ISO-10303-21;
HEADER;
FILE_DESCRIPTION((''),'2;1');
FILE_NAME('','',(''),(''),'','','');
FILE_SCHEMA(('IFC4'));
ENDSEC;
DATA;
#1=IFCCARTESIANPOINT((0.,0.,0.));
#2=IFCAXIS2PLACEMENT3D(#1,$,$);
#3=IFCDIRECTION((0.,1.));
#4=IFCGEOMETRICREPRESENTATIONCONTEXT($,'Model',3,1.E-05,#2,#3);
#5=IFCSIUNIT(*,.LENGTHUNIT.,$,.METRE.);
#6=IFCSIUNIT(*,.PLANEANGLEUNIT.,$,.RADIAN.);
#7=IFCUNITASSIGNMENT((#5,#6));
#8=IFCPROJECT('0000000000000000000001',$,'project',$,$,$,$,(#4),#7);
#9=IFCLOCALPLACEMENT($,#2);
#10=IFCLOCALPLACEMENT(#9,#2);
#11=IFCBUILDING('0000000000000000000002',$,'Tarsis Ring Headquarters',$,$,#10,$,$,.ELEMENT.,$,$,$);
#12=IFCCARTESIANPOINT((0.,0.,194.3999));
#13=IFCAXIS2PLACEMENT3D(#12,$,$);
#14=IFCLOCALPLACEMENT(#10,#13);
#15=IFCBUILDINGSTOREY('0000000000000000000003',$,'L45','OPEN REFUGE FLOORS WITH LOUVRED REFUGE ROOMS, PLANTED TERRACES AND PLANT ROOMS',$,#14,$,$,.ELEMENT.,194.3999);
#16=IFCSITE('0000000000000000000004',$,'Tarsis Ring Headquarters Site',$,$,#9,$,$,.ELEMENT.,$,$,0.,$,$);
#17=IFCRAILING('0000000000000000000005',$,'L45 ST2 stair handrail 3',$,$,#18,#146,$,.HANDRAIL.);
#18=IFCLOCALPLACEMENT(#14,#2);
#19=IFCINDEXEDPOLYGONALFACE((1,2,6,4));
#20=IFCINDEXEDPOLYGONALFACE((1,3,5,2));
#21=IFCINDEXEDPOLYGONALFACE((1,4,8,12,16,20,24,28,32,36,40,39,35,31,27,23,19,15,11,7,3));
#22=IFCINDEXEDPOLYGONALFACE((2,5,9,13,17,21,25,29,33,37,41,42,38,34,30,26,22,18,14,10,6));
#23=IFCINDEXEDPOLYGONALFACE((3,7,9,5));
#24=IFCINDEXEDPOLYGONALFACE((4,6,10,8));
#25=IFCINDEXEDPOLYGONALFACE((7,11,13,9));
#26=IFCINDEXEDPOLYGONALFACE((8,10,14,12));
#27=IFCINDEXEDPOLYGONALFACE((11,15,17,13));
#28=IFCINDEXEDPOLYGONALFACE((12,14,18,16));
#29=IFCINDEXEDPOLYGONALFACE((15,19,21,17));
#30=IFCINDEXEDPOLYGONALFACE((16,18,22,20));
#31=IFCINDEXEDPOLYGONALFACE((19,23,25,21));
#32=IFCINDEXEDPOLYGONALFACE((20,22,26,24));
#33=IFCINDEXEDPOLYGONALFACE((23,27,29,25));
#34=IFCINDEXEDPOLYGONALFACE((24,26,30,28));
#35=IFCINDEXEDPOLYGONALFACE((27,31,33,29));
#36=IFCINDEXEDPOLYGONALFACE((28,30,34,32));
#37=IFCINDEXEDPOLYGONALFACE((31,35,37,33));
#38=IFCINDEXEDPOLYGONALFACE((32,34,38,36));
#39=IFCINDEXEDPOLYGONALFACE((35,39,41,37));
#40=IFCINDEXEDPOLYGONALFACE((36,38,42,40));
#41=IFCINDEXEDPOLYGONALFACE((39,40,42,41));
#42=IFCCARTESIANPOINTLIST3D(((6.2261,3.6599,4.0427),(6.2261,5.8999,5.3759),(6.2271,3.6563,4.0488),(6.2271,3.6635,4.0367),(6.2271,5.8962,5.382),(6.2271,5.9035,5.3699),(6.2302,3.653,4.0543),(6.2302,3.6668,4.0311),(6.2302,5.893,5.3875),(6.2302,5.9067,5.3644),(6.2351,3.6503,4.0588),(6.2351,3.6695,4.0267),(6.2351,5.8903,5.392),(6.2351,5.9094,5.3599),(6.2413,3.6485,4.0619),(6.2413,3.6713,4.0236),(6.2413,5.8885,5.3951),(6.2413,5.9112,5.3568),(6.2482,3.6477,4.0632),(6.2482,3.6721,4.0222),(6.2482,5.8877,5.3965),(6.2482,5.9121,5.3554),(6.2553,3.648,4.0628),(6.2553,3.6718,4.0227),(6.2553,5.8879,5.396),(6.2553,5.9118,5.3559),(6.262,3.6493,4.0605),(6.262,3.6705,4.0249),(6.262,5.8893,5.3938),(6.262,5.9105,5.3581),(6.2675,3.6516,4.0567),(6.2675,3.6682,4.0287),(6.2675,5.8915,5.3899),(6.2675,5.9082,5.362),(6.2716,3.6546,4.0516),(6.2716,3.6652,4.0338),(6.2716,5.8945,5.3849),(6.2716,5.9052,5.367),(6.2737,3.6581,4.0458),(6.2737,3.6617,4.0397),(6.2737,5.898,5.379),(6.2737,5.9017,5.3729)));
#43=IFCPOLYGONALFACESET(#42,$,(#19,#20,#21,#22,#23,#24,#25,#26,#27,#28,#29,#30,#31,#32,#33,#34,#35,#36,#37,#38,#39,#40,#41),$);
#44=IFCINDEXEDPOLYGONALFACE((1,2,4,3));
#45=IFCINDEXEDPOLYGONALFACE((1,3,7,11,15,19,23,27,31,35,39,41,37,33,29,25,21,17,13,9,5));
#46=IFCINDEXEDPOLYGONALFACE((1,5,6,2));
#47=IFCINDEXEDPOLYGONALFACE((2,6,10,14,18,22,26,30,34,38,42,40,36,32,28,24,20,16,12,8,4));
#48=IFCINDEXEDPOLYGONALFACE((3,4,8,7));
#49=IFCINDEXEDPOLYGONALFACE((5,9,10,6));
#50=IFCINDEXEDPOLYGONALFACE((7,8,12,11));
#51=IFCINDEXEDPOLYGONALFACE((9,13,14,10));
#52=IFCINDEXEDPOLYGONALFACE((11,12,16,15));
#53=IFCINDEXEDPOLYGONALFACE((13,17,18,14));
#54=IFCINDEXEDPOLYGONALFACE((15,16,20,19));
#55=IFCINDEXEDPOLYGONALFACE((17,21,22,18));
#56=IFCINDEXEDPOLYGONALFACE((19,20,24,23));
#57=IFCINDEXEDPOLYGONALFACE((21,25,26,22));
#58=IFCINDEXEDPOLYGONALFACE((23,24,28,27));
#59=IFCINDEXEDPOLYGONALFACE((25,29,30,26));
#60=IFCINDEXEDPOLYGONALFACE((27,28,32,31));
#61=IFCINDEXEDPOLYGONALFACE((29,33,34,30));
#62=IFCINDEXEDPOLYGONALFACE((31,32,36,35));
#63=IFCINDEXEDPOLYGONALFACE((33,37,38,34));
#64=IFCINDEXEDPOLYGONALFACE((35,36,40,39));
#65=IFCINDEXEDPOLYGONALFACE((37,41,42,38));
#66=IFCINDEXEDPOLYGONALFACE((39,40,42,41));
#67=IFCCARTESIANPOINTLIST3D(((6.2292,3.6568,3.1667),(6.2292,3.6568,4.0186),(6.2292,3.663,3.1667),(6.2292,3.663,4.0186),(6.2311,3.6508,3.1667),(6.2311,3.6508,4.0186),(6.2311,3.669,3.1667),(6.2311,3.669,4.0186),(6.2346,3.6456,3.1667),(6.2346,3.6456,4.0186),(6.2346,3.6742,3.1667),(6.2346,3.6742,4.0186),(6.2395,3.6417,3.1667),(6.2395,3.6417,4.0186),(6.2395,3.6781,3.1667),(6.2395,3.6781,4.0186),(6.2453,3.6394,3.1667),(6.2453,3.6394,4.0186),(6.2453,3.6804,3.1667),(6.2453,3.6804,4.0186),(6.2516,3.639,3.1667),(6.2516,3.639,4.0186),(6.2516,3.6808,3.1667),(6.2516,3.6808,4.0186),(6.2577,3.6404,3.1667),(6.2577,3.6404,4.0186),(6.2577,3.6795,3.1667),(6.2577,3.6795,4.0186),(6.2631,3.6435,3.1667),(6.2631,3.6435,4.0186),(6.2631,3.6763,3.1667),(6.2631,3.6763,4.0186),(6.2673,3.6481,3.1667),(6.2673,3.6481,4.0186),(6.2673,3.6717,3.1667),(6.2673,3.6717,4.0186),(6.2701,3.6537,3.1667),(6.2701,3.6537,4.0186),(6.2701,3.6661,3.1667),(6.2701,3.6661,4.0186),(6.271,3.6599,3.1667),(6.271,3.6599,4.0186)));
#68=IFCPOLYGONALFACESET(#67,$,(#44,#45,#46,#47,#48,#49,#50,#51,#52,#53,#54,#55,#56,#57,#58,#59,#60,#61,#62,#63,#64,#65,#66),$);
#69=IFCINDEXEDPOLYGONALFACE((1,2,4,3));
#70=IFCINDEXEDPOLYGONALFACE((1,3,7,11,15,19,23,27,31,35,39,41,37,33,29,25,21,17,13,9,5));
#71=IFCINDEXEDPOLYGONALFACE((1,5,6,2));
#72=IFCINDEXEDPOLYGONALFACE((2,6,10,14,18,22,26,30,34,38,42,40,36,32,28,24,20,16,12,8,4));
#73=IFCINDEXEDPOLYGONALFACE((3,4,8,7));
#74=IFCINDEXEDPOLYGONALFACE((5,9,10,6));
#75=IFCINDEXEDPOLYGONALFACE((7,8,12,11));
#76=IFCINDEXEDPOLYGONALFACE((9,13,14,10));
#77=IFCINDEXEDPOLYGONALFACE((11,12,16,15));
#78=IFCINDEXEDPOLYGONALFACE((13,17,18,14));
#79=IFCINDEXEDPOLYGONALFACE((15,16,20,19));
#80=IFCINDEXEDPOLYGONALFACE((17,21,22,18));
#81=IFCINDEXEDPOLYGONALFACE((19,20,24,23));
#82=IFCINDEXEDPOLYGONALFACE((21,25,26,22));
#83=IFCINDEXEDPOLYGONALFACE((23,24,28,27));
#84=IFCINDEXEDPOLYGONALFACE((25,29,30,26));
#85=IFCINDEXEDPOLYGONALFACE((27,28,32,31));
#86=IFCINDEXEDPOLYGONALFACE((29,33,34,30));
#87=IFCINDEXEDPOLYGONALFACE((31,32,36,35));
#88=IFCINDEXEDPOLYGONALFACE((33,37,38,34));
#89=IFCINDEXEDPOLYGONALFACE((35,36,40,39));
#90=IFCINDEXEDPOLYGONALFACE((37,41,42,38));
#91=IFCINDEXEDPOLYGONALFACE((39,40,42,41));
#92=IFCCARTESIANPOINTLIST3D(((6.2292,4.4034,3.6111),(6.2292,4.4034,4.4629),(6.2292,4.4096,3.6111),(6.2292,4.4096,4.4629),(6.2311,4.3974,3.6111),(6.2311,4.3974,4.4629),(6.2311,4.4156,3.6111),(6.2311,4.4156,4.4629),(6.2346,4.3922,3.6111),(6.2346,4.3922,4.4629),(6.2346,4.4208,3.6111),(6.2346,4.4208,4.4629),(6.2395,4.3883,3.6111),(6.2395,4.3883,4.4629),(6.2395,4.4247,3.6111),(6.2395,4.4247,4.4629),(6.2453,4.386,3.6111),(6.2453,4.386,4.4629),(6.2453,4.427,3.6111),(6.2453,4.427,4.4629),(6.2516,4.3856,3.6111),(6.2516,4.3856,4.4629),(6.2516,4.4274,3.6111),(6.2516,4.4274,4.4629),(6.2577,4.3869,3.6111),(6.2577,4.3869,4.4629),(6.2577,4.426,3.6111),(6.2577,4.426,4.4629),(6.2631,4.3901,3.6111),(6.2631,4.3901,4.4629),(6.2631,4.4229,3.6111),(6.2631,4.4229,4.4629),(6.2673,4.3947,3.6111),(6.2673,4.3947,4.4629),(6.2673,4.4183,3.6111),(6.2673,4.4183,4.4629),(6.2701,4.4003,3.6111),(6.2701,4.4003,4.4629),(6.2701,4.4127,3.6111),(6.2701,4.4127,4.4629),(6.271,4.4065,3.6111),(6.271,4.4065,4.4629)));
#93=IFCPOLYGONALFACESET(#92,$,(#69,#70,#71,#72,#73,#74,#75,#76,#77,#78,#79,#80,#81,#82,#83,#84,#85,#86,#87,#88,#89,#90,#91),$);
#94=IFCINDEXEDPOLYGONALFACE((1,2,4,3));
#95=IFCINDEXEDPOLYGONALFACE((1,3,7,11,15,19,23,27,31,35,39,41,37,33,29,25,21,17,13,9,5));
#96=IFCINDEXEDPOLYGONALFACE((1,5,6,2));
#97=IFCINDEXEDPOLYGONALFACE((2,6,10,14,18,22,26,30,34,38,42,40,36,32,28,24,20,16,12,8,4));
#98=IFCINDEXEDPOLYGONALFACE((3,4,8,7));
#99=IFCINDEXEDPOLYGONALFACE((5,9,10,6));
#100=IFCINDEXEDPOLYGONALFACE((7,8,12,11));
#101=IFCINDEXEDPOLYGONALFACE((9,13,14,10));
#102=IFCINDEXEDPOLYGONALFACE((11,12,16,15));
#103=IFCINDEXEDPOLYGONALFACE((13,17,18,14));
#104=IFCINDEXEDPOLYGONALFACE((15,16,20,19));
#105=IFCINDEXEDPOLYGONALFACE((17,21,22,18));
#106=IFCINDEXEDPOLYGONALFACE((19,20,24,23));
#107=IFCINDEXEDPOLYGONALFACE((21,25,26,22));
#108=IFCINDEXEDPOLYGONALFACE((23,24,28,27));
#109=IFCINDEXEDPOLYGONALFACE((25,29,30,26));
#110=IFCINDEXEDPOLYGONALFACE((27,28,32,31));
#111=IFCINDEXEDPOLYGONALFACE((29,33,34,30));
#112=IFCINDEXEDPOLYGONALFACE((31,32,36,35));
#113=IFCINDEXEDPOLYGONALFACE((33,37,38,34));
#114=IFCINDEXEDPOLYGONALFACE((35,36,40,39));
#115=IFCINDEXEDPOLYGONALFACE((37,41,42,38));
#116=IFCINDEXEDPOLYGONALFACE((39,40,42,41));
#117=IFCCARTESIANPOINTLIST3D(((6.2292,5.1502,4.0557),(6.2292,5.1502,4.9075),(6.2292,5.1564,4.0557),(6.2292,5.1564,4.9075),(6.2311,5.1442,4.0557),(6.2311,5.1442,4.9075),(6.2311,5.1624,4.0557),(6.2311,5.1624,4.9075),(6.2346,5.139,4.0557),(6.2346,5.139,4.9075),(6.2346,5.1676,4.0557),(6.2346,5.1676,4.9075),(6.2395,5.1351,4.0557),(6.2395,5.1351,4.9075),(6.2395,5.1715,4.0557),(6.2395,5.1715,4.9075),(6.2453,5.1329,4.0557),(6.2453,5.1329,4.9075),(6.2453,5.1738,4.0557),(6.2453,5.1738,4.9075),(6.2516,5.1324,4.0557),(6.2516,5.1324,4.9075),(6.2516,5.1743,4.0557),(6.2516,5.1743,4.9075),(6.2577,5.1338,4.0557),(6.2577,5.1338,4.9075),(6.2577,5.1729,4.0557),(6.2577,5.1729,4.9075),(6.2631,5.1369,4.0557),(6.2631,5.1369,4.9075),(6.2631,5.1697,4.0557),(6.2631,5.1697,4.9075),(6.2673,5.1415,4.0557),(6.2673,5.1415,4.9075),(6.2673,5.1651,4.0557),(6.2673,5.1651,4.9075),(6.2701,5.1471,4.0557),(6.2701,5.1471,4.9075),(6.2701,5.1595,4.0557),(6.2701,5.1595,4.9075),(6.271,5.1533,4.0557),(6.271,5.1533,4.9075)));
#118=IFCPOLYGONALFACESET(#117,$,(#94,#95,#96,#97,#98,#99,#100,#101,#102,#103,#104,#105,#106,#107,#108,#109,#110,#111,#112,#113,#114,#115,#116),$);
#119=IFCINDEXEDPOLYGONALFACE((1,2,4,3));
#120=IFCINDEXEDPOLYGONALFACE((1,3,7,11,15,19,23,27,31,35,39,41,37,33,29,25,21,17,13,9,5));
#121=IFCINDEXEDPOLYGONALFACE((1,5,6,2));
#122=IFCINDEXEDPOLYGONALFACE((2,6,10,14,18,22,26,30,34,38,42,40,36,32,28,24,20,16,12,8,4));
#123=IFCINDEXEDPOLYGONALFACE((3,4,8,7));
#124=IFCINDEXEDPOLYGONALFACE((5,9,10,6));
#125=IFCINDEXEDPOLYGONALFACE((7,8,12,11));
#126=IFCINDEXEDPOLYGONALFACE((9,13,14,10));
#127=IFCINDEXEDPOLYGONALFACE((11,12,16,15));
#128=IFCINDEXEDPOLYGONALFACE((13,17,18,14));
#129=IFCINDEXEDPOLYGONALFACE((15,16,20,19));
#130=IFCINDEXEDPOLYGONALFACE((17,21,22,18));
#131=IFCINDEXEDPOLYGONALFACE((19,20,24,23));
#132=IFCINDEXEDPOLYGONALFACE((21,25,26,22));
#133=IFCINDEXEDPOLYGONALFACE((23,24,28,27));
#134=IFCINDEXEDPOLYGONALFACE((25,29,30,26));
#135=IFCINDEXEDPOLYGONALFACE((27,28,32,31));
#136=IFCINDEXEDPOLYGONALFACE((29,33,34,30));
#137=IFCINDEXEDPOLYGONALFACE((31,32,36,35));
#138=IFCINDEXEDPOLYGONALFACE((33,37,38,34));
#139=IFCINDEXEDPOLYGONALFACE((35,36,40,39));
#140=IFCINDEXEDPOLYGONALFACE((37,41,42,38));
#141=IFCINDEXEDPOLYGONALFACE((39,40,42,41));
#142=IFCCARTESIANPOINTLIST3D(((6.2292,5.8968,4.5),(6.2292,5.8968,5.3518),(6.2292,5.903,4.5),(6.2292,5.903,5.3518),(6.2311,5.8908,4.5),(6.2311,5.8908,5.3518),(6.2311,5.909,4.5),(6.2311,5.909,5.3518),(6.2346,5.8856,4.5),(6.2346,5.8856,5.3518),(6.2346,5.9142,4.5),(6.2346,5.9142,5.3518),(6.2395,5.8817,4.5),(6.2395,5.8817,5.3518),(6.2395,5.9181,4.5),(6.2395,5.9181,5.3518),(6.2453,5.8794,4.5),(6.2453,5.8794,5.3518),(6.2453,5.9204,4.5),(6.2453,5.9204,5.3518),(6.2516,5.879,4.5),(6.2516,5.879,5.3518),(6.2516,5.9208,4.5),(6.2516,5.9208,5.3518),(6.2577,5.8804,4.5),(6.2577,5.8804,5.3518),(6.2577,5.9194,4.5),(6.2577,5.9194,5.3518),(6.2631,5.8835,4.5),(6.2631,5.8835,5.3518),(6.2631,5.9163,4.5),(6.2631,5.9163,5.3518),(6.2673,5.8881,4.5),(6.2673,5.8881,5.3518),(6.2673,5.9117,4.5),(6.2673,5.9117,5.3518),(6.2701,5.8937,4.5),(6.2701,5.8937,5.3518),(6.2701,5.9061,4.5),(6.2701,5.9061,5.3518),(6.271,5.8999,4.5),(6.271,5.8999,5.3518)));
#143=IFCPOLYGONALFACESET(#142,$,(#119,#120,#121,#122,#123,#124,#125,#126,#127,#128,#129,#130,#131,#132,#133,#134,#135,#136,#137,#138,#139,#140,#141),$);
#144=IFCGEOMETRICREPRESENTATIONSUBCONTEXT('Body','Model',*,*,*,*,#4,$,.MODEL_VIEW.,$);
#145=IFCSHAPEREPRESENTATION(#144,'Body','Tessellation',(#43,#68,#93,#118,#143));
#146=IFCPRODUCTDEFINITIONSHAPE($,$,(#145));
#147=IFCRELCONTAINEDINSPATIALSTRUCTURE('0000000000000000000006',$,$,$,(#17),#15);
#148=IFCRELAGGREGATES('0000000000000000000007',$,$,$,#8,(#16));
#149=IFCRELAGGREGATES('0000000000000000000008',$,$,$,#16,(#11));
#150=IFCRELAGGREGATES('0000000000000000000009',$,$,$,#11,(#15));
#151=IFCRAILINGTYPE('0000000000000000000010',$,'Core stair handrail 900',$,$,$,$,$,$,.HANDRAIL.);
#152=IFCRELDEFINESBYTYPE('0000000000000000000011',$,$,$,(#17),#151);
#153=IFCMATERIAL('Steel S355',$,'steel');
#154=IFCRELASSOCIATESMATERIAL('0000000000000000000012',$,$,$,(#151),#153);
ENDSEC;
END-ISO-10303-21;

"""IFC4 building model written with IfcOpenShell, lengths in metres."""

from ifc_helpers import new_model, si_unit, direction, frame, origin, origin_2d, place, context, subcontext, project, spatial, circle, extrude, material, type_object, element, save


model = new_model("IFC4")

# Units and contexts
model_context = context("Model", 3, precision=1e-05, world=origin(), true_north=direction((0.0, 1.0)))
body_context = subcontext(model_context, "Body", "Model", "MODEL_VIEW")
ifc_project = project(units=[si_unit("LENGTHUNIT", "METRE"), si_unit("PLANEANGLEUNIT", "RADIAN")], contexts=[model_context])

# Site, building, storey
site_placement = place(None, origin())
site = spatial("IfcSite", under=ifc_project, at=site_placement, Name="Tarsis Ring Headquarters Site", CompositionType="ELEMENT", RefElevation=0.0)
building_placement = place(site_placement, origin())
building = spatial("IfcBuilding", under=site, at=building_placement, Name="Tarsis Ring Headquarters", CompositionType="ELEMENT")
storey_placement = place(building_placement, frame((0.0, 0.0, 194.3999)))
storey = spatial("IfcBuildingStorey", under=building, at=storey_placement, Name="L45", Description="OPEN REFUGE FLOORS WITH LOUVRED REFUGE ROOMS, PLANTED TERRACES AND PLANT ROOMS", CompositionType="ELEMENT", Elevation=194.3999)

# Shared definitions
ifc_material_1 = material(Name="Steel S355", Category="steel")

# Railing
railing_type_1 = type_object("IfcRailingType", Name="Core stair handrail 900", PredefinedType="HANDRAIL", material=ifc_material_1)
railing_1_placement = place(storey_placement, frame((6.25, 3.6599, 3.1667)))
element("IfcRailing", 1, at=railing_1_placement, inside=storey, type_object=railing_type_1, Name="L45 ST2 stair handrail 3", PredefinedType="HANDRAIL", context=body_context, shape_type="SweptSolid", body=[
    extrude(circle(Radius=0.0239, at=origin_2d()), frame((0.0, 0.0, 0.876), z_axis=(0.0, 0.859306, 0.511462), x_axis=(-1.0, 0.0, 0.0)), (0.0, 0.0, 1.0), 2.6067),
    extrude(circle(Radius=0.021, at=origin_2d()), origin(), (0.0, 0.0, 1.0), 0.8518),
    extrude(circle(Radius=0.021, at=origin_2d()), frame((0.0, 0.7466, 0.4443)), (0.0, 0.0, 1.0), 0.8518),
    extrude(circle(Radius=0.021, at=origin_2d()), frame((0.0, 1.4934, 0.8889)), (0.0, 0.0, 1.0), 0.8518),
    extrude(circle(Radius=0.021, at=origin_2d()), frame((0.0, 2.24, 1.3333)), (0.0, 0.0, 1.0), 0.8518),
])

save(model, "model.ifc")
